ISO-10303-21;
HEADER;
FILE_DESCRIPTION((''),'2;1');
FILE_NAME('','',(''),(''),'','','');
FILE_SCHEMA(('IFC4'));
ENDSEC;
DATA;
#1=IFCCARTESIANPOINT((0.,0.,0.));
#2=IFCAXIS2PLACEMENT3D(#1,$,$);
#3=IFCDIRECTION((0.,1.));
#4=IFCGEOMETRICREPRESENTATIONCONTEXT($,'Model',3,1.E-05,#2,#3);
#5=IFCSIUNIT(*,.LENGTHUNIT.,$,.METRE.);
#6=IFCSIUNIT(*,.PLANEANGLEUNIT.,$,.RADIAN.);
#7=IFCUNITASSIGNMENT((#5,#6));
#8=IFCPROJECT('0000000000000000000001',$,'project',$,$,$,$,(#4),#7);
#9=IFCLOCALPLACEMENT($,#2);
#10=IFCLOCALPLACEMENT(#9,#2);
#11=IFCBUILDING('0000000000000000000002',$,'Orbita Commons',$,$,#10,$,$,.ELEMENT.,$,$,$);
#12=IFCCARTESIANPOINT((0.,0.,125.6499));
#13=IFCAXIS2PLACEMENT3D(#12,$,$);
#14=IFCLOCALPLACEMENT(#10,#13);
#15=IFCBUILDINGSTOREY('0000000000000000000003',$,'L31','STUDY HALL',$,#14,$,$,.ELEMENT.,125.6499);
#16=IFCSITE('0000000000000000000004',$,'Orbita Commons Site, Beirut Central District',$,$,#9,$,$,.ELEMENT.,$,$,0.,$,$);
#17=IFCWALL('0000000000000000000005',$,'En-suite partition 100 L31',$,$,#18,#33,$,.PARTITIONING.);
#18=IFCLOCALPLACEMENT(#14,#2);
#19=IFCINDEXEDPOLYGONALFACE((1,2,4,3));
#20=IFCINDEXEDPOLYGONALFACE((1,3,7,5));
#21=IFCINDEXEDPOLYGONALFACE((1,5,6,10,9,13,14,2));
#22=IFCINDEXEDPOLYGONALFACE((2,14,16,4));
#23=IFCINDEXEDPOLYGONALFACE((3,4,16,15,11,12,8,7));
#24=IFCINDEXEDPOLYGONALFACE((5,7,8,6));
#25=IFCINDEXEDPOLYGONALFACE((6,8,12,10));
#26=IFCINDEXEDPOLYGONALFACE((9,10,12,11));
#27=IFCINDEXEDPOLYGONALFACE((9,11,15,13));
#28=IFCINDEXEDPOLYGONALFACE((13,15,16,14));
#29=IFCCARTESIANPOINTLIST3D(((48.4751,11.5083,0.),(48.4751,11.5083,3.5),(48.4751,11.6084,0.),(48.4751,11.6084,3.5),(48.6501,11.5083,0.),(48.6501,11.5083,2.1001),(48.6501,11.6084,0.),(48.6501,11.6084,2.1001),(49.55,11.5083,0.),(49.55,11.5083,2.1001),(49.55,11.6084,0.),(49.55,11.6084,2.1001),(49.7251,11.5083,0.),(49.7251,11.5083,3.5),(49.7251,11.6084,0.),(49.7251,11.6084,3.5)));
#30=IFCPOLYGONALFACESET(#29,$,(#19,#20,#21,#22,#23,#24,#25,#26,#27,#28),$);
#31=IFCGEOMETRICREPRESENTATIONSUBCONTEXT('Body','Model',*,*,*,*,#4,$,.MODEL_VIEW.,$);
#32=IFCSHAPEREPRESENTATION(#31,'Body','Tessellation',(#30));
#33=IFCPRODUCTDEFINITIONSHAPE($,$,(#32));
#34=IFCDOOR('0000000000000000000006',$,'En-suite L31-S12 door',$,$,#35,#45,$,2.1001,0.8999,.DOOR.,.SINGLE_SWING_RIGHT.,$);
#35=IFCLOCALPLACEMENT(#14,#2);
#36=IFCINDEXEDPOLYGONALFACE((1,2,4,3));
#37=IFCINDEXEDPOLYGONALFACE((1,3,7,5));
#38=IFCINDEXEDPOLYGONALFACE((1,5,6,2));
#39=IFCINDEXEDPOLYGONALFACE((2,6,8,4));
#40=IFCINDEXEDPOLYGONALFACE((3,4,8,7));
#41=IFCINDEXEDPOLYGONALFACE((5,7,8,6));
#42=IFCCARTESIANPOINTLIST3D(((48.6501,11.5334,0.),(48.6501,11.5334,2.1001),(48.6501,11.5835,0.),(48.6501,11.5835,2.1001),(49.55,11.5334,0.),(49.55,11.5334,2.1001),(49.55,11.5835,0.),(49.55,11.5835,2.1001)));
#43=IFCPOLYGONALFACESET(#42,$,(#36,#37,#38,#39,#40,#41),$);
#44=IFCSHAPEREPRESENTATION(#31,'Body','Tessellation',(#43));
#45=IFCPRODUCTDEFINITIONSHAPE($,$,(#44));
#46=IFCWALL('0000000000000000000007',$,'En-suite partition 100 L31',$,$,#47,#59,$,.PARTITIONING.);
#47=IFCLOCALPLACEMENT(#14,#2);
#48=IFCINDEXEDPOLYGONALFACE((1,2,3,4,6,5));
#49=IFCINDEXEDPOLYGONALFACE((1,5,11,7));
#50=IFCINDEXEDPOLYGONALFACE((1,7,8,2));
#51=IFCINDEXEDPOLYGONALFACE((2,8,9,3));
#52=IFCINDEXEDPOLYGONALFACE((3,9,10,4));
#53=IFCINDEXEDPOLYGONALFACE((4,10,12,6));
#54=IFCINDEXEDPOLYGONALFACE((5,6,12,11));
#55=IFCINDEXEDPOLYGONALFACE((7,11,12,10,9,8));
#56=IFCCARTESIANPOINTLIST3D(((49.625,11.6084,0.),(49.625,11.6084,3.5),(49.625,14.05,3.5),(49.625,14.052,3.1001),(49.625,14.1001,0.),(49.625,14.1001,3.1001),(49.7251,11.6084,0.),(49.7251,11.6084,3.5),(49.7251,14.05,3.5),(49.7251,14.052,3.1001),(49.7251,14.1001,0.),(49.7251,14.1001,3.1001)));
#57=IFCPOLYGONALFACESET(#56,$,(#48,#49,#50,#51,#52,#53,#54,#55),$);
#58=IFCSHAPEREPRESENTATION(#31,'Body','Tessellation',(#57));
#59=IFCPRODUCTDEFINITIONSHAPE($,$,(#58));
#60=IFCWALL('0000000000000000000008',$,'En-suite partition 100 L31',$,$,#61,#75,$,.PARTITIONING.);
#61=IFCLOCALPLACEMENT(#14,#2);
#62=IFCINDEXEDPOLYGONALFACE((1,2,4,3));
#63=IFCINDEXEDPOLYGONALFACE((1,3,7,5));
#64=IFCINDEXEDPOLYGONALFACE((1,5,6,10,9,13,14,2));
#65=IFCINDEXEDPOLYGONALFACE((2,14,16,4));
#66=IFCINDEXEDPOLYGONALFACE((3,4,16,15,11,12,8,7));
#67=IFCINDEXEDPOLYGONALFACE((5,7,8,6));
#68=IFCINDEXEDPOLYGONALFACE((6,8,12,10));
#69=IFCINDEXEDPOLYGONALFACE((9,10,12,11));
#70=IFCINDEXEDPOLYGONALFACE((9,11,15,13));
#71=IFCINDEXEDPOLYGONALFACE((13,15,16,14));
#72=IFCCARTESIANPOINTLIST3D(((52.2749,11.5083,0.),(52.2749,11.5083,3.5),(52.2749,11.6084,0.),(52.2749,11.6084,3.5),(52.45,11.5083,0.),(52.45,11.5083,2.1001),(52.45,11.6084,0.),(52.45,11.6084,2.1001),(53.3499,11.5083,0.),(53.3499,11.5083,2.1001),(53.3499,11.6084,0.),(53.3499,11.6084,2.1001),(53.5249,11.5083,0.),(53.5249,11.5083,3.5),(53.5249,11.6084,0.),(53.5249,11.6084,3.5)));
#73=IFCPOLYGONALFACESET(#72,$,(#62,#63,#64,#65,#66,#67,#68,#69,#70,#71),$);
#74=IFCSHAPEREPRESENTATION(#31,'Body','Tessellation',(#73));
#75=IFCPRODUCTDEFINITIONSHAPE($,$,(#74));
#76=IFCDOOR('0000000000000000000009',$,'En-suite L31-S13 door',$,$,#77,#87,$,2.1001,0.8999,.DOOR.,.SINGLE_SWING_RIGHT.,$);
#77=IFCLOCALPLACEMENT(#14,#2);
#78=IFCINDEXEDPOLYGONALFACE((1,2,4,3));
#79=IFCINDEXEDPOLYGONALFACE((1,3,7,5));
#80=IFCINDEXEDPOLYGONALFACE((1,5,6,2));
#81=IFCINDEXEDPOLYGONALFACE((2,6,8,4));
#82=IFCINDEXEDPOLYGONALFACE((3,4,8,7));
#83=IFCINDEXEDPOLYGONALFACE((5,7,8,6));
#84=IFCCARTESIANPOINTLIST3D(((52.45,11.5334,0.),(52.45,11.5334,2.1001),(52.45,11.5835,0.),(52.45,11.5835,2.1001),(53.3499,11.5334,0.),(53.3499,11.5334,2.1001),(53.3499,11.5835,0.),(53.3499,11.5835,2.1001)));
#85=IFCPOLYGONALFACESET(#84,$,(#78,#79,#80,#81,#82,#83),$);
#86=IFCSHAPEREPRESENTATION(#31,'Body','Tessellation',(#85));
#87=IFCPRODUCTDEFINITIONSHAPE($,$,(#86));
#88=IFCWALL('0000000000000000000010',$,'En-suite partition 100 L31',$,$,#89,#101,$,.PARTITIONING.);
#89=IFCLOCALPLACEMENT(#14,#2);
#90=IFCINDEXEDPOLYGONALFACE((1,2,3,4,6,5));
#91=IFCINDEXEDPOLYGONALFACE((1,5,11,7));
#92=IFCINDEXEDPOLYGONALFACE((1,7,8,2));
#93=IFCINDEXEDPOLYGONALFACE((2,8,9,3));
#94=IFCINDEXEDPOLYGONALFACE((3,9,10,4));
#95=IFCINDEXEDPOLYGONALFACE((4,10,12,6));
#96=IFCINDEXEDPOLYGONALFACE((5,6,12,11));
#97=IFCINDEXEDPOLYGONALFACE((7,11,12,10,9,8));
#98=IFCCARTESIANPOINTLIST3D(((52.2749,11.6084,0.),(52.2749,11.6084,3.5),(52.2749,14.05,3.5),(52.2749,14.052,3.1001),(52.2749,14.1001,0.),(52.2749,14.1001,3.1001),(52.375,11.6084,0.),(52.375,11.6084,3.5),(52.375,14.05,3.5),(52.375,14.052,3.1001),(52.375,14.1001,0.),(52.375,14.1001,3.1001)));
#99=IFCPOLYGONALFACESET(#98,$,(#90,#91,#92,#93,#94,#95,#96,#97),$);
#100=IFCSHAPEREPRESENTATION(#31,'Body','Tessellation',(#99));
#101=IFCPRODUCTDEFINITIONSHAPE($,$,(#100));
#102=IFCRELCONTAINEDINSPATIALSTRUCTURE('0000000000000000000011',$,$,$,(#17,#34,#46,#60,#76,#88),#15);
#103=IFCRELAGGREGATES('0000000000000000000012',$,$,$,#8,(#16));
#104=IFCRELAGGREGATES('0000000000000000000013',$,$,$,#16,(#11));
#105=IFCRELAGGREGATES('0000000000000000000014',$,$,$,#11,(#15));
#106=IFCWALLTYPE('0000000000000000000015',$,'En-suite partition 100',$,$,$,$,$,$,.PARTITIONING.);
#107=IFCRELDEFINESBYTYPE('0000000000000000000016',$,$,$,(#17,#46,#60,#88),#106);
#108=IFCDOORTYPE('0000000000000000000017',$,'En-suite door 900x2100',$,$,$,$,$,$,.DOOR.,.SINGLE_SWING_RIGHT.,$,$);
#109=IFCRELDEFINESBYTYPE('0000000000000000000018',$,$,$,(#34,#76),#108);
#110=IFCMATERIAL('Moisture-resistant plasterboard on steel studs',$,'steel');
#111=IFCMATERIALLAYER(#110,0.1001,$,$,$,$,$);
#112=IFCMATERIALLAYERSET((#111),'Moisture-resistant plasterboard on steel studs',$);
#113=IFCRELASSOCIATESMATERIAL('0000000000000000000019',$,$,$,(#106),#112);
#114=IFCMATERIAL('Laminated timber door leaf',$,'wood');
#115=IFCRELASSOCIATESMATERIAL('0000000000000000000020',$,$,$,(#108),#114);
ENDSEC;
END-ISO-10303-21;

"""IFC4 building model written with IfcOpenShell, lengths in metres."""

from ifc_helpers import new_model, si_unit, direction, frame, frame_2d, origin, place, context, subcontext, project, spatial, polyline, rectangle, outline, extrude, material, layer, layer_set, type_object, element, fill, save


model = new_model("IFC4")

# Units and contexts
model_context = context("Model", 3, precision=1e-05, world=origin(), true_north=direction((0.0, 1.0)))
body_context = subcontext(model_context, "Body", "Model", "MODEL_VIEW")
ifc_project = project(units=[si_unit("LENGTHUNIT", "METRE"), si_unit("PLANEANGLEUNIT", "RADIAN")], contexts=[model_context])

# Site, building, storey
site_placement = place(None, origin())
site = spatial("IfcSite", under=ifc_project, at=site_placement, Name="Orbita Commons Site, Beirut Central District", CompositionType="ELEMENT", RefElevation=0.0)
building_placement = place(site_placement, origin())
building = spatial("IfcBuilding", under=site, at=building_placement, Name="Orbita Commons", CompositionType="ELEMENT")
storey_placement = place(building_placement, frame((0.0, 0.0, 125.6499)))
storey = spatial("IfcBuildingStorey", under=building, at=storey_placement, Name="L31", Description="STUDY HALL", CompositionType="ELEMENT", Elevation=125.6499)

# Shared definitions
ifc_material_1 = material(Name="Moisture-resistant plasterboard on steel studs", Category="steel")
ifc_layer_1 = layer(ifc_material_1, 0.1001)
ifc_layer_set_1 = layer_set([ifc_layer_1], Name="Moisture-resistant plasterboard on steel studs")
wall_type_1 = type_object("IfcWallType", Name="En-suite partition 100", PredefinedType="PARTITIONING", material=ifc_layer_set_1)

# Wall, opening, door
wall_1_placement = place(storey_placement, frame((49.7251, 11.5583, 0.0), z_axis=(0.0, 0.0, 1.0), x_axis=(-1.0, 0.0, 0.0)))
wall_1 = element("IfcWall", 1, at=wall_1_placement, inside=storey, type_object=wall_type_1, Name="En-suite partition 100 L31", PredefinedType="PARTITIONING", context=body_context, shape_type="SweptSolid", body=[
    extrude(rectangle(XDim=1.25, YDim=0.1001, at=frame_2d((0.625, 0.0))), origin(), (0.0, 0.0, 1.0), 3.5),
])
opening_1_placement = place(wall_1_placement, frame((0.175, 0.0, 0.0)))
opening_1 = element("IfcOpeningElement", 2, at=opening_1_placement, cuts=wall_1, PredefinedType="OPENING", context=body_context, shape_type="SweptSolid", body=[
    extrude(rectangle(XDim=0.8999, YDim=2.1001, at=frame_2d((0.45, 1.05))), frame((0.0, 0.0601, 0.0), z_axis=(0.0, -1.0, 0.0), x_axis=(1.0, 0.0, 0.0)), (0.0, 0.0, 1.0), 0.1201),
])
ifc_material_2 = material(Name="Laminated timber door leaf", Category="wood")
door_type_1 = type_object("IfcDoorType", Name="En-suite door 900x2100", OperationType="SINGLE_SWING_RIGHT", PredefinedType="DOOR", material=ifc_material_2)
door_1_placement = place(opening_1_placement, origin())
door_1 = element("IfcDoor", 3, at=door_1_placement, inside=storey, type_object=door_type_1, Name="En-suite L31-S12 door", OperationType="SINGLE_SWING_RIGHT", OverallHeight=2.1001, OverallWidth=0.8999, PredefinedType="DOOR", context=body_context, shape_type="SweptSolid", body=[
    extrude(rectangle(XDim=0.8999, YDim=2.1001, at=frame_2d((0.45, 1.05))), frame((0.0, 0.0249, 0.0), z_axis=(0.0, -1.0, 0.0), x_axis=(1.0, 0.0, 0.0)), (0.0, 0.0, 1.0), 0.05),
])
fill(opening_1, door_1)

# Wall
wall_2_placement = place(storey_placement, frame((49.675, 11.6084, 0.0), z_axis=(0.0, 0.0, 1.0), x_axis=(0.0, 1.0, 0.0)))
element("IfcWall", 4, at=wall_2_placement, inside=storey, type_object=wall_type_1, Name="En-suite partition 100 L31", PredefinedType="PARTITIONING", context=body_context, shape_type="SweptSolid", body=[
    extrude(outline(polyline([(0.0, 0.0), (2.4917, 0.0), (2.4917, 3.1001), (2.4436, 3.1001), (2.4417, 3.5), (0.0, 3.5), (0.0, 0.0)])), frame((0.0, 0.05, 0.0), z_axis=(0.0, -1.0, 0.0), x_axis=(1.0, 0.0, 0.0)), (0.0, 0.0, 1.0), 0.1001),
])

# Wall, opening, door
wall_3_placement = place(storey_placement, frame((53.5249, 11.5583, 0.0), z_axis=(0.0, 0.0, 1.0), x_axis=(-1.0, 0.0, 0.0)))
wall_3 = element("IfcWall", 5, at=wall_3_placement, inside=storey, type_object=wall_type_1, Name="En-suite partition 100 L31", PredefinedType="PARTITIONING", context=body_context, shape_type="SweptSolid", body=[
    extrude(rectangle(XDim=1.25, YDim=0.1001, at=frame_2d((0.625, 0.0))), origin(), (0.0, 0.0, 1.0), 3.5),
])
opening_2_placement = place(wall_3_placement, frame((0.175, 0.0, 0.0)))
opening_2 = element("IfcOpeningElement", 6, at=opening_2_placement, cuts=wall_3, PredefinedType="OPENING", context=body_context, shape_type="SweptSolid", body=[
    extrude(rectangle(XDim=0.8999, YDim=2.1001, at=frame_2d((0.45, 1.05))), frame((0.0, 0.0601, 0.0), z_axis=(0.0, -1.0, 0.0), x_axis=(1.0, 0.0, 0.0)), (0.0, 0.0, 1.0), 0.1201),
])
door_2_placement = place(opening_2_placement, origin())
door_2 = element("IfcDoor", 7, at=door_2_placement, inside=storey, type_object=door_type_1, Name="En-suite L31-S13 door", OperationType="SINGLE_SWING_RIGHT", OverallHeight=2.1001, OverallWidth=0.8999, PredefinedType="DOOR", context=body_context, shape_type="SweptSolid", body=[
    extrude(rectangle(XDim=0.8999, YDim=2.1001, at=frame_2d((0.45, 1.05))), frame((0.0, 0.0249, 0.0), z_axis=(0.0, -1.0, 0.0), x_axis=(1.0, 0.0, 0.0)), (0.0, 0.0, 1.0), 0.05),
])
fill(opening_2, door_2)

# Wall
wall_4_placement = place(storey_placement, frame((52.325, 11.6084, 0.0), z_axis=(0.0, 0.0, 1.0), x_axis=(0.0, 1.0, 0.0)))
element("IfcWall", 8, at=wall_4_placement, inside=storey, type_object=wall_type_1, Name="En-suite partition 100 L31", PredefinedType="PARTITIONING", context=body_context, shape_type="SweptSolid", body=[
    extrude(outline(polyline([(0.0, 0.0), (2.4917, 0.0), (2.4917, 3.1001), (2.4436, 3.1001), (2.4417, 3.5), (0.0, 3.5), (0.0, 0.0)])), frame((0.0, 0.05, 0.0), z_axis=(0.0, -1.0, 0.0), x_axis=(1.0, 0.0, 0.0)), (0.0, 0.0, 1.0), 0.1001),
])

save(model, "model.ifc")
